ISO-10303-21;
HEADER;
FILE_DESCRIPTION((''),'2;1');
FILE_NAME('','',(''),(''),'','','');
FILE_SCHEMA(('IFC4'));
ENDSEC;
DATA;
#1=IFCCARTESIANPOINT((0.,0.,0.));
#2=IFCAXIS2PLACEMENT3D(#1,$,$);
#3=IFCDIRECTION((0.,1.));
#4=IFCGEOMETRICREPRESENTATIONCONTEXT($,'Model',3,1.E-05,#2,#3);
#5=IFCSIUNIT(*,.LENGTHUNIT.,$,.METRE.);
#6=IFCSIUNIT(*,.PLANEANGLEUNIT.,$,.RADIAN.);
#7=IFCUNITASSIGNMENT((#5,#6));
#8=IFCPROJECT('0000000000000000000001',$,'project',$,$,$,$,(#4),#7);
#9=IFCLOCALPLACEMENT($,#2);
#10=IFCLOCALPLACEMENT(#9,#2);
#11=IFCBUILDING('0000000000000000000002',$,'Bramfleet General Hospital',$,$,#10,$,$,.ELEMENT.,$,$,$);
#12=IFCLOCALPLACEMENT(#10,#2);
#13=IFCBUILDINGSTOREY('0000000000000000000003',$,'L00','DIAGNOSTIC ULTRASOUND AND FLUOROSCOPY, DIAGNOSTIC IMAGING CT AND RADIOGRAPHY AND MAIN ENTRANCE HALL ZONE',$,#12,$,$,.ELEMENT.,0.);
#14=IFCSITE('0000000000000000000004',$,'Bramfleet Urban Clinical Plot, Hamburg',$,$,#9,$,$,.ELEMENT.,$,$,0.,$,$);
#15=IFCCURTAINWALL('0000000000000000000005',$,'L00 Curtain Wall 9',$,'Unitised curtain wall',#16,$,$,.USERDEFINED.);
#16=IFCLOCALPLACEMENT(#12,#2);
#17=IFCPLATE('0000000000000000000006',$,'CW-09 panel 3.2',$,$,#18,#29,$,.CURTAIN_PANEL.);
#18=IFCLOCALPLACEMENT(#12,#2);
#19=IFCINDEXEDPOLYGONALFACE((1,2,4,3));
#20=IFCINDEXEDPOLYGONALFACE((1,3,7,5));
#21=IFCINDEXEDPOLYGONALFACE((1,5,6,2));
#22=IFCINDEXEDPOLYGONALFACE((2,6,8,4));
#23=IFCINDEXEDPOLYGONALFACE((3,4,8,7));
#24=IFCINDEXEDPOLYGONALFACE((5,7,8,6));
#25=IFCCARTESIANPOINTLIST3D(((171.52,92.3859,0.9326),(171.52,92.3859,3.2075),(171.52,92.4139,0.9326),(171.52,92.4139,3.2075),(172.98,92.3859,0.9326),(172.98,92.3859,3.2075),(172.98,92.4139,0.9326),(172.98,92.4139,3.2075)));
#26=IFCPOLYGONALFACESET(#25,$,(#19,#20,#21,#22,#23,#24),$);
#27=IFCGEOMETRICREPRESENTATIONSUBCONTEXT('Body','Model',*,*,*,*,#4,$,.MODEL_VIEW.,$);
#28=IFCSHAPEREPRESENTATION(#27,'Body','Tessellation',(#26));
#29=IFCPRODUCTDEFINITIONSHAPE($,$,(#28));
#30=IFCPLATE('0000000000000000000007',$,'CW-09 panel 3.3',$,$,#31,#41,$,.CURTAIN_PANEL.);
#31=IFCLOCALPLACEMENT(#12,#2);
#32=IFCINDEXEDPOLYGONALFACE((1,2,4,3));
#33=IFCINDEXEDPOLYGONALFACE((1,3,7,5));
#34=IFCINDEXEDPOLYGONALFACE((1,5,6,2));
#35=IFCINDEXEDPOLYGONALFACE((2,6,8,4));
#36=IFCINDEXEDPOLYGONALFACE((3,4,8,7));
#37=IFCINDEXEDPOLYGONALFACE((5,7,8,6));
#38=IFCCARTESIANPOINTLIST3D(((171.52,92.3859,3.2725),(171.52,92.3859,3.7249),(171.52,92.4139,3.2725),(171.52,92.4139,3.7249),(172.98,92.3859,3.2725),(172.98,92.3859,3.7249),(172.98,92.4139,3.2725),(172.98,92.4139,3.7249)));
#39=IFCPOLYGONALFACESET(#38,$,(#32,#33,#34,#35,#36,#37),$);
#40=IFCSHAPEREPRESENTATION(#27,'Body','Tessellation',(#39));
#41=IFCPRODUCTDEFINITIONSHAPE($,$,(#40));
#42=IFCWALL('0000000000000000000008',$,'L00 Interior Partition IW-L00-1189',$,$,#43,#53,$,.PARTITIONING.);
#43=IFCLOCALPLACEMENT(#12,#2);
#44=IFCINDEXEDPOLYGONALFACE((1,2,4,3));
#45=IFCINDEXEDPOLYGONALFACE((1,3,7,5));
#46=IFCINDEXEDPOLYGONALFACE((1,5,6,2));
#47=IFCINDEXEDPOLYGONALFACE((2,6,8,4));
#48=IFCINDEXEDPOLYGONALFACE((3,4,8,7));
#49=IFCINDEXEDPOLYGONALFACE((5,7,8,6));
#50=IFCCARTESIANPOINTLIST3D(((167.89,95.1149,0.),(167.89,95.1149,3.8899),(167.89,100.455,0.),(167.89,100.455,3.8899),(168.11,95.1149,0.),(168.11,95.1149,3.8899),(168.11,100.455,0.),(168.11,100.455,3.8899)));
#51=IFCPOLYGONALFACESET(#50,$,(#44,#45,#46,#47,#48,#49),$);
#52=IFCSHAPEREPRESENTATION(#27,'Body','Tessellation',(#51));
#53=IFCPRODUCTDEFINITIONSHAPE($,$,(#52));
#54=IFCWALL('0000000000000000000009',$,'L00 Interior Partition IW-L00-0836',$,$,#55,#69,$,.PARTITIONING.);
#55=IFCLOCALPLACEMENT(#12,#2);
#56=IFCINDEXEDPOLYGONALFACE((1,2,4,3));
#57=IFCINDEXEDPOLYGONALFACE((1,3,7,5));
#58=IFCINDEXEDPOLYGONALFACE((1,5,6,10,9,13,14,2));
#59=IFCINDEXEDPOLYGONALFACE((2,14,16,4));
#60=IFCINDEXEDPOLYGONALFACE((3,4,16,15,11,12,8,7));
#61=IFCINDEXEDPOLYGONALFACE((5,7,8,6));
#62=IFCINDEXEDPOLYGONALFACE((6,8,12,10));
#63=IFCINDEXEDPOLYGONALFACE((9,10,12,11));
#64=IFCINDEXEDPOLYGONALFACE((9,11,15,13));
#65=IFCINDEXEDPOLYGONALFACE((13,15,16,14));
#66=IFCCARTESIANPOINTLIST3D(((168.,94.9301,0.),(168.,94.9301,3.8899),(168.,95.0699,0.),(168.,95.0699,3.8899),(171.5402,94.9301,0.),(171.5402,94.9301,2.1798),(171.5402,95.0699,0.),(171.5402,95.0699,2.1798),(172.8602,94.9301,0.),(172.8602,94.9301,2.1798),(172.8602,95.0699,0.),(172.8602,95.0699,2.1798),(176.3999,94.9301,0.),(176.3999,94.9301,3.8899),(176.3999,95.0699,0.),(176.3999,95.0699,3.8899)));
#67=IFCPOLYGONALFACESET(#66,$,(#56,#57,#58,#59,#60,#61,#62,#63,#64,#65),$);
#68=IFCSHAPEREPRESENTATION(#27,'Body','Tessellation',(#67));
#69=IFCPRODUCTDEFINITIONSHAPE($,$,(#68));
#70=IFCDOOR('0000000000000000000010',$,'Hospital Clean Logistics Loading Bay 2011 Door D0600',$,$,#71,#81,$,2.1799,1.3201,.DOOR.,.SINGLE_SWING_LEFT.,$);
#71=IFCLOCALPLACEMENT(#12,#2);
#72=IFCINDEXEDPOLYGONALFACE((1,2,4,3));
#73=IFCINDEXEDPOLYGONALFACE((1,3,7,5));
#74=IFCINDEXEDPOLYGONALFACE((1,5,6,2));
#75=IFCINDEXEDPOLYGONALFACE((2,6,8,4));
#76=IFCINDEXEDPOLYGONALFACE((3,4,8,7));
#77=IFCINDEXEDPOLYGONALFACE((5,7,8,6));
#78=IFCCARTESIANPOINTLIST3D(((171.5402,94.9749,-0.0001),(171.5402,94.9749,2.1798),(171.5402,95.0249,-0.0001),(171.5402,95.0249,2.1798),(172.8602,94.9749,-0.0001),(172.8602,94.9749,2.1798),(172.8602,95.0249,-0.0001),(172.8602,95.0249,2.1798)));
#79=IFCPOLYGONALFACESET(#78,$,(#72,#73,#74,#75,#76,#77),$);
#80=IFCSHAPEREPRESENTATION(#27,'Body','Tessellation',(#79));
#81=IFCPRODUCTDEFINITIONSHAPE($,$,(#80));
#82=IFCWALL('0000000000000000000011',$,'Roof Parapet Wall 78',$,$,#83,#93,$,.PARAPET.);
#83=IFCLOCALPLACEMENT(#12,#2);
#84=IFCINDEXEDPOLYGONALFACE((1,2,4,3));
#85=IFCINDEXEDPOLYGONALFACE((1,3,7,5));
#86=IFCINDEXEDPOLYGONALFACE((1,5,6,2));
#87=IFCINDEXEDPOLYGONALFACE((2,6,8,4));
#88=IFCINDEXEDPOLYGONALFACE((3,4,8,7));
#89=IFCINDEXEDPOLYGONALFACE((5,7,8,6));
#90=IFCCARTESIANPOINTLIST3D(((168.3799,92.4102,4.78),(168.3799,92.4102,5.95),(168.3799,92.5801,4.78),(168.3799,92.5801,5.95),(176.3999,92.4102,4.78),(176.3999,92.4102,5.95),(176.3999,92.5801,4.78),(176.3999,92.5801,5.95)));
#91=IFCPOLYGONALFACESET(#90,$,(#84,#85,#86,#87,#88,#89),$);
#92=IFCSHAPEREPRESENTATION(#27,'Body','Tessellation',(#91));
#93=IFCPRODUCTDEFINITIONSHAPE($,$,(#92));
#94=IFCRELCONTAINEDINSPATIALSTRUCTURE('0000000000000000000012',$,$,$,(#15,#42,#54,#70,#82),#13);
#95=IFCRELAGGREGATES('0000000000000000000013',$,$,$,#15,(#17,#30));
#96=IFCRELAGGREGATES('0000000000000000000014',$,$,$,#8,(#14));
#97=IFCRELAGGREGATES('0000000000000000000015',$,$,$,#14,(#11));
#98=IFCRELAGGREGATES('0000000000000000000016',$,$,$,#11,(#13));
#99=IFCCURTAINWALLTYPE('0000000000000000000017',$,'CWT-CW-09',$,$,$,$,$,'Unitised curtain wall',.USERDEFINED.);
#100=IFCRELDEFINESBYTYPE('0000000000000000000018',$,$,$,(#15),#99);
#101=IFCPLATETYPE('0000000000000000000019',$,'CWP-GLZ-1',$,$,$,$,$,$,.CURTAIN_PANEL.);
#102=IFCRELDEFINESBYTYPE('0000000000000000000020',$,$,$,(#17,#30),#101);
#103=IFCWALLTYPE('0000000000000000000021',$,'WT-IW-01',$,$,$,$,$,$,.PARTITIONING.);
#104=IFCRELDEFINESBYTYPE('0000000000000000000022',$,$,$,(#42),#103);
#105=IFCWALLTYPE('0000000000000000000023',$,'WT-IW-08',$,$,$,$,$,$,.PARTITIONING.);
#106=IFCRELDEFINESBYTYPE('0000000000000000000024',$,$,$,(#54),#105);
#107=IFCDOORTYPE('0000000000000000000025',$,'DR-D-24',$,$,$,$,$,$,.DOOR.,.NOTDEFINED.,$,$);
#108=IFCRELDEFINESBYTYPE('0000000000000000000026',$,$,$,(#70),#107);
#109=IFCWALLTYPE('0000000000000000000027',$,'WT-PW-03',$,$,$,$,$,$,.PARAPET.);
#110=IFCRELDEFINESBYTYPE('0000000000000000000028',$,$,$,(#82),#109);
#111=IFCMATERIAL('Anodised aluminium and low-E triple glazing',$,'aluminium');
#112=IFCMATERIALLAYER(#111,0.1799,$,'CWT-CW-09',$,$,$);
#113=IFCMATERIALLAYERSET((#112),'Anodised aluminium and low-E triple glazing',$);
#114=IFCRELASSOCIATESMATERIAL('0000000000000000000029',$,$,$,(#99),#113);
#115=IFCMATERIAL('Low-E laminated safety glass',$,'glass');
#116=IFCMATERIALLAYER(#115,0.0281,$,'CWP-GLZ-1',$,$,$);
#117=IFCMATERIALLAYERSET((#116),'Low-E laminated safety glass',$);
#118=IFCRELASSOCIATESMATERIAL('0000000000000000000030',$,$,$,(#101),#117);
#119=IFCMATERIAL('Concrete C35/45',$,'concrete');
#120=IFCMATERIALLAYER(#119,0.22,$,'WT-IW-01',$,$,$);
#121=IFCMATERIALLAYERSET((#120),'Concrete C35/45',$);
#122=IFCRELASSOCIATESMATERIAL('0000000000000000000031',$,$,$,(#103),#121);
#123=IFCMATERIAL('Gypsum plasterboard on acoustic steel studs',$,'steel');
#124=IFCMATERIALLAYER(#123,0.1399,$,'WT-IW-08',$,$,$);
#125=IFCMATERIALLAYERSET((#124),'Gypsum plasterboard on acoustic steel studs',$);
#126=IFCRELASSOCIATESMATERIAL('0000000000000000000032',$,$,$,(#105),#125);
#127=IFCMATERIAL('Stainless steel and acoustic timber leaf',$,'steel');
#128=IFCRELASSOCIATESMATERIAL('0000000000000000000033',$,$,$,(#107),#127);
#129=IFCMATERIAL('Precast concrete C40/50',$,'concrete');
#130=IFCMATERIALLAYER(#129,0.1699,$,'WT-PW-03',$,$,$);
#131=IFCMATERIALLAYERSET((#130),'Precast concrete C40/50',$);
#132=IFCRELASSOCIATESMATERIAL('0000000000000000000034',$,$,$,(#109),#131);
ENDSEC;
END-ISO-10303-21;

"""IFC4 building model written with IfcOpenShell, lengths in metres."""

from ifc_helpers import new_model, si_unit, direction, frame, frame_2d, origin, origin_2d, place, context, subcontext, project, spatial, rectangle, extrude, material, layer, layer_set, type_object, element, fill, aggregate, save


model = new_model("IFC4")

# Units and contexts
model_context = context("Model", 3, precision=1e-05, world=origin(), true_north=direction((0.0, 1.0)))
body_context = subcontext(model_context, "Body", "Model", "MODEL_VIEW")
ifc_project = project(units=[si_unit("LENGTHUNIT", "METRE"), si_unit("PLANEANGLEUNIT", "RADIAN")], contexts=[model_context])

# Site, building, storey
site_placement = place(None, origin())
site = spatial("IfcSite", under=ifc_project, at=site_placement, Name="Bramfleet Urban Clinical Plot, Hamburg", CompositionType="ELEMENT", RefElevation=0.0)
building_placement = place(site_placement, origin())
building = spatial("IfcBuilding", under=site, at=building_placement, Name="Bramfleet General Hospital", CompositionType="ELEMENT")
storey_placement = place(building_placement, origin())
storey = spatial("IfcBuildingStorey", under=building, at=storey_placement, Name="L00", Description="DIAGNOSTIC ULTRASOUND AND FLUOROSCOPY, DIAGNOSTIC IMAGING CT AND RADIOGRAPHY AND MAIN ENTRANCE HALL ZONE", CompositionType="ELEMENT", Elevation=0.0)

# Shared definitions
ifc_material_1 = material(Name="Concrete C35/45", Category="concrete")

# Curtain wall, plates
ifc_material_2 = material(Name="Anodised aluminium and low-E triple glazing", Category="aluminium")
ifc_layer_1 = layer(ifc_material_2, 0.1799, Name="CWT-CW-09")
ifc_layer_set_1 = layer_set([ifc_layer_1], Name="Anodised aluminium and low-E triple glazing")
curtain_wall_type = type_object("IfcCurtainWallType", Name="CWT-CW-09", ElementType="Unitised curtain wall", PredefinedType="USERDEFINED", material=ifc_layer_set_1)
curtain_wall_placement = place(storey_placement, origin())
curtain_wall = element("IfcCurtainWall", 1, at=curtain_wall_placement, inside=storey, type_object=curtain_wall_type, Name="L00 Curtain Wall 9", ObjectType="Unitised curtain wall", PredefinedType="USERDEFINED")
ifc_material_3 = material(Name="Low-E laminated safety glass", Category="glass")
ifc_layer_2 = layer(ifc_material_3, 0.0281, Name="CWP-GLZ-1")
ifc_layer_set_2 = layer_set([ifc_layer_2], Name="Low-E laminated safety glass")
plate_type = type_object("IfcPlateType", Name="CWP-GLZ-1", PredefinedType="CURTAIN_PANEL", material=ifc_layer_set_2)
plate_1_placement = place(storey_placement, frame((172.25, 92.3999, 0.9326), z_axis=(0.0, 0.0, 1.0), x_axis=(-1.0, 0.0, 0.0)))
plate_1 = element("IfcPlate", 2, at=plate_1_placement, type_object=plate_type, Name="CW-09 panel 3.2", PredefinedType="CURTAIN_PANEL", context=body_context, shape_type="SweptSolid", body=[
    extrude(rectangle(XDim=1.46, YDim=0.0281, at=origin_2d()), origin(), (0.0, 0.0, 1.0), 2.2749),
])
plate_2_placement = place(storey_placement, frame((172.25, 92.3999, 3.2725), z_axis=(0.0, 0.0, 1.0), x_axis=(-1.0, 0.0, 0.0)))
plate_2 = element("IfcPlate", 3, at=plate_2_placement, type_object=plate_type, Name="CW-09 panel 3.3", PredefinedType="CURTAIN_PANEL", context=body_context, shape_type="SweptSolid", body=[
    extrude(rectangle(XDim=1.46, YDim=0.0281, at=origin_2d()), origin(), (0.0, 0.0, 1.0), 0.4524),
])
aggregate(curtain_wall, [plate_1, plate_2])

# Wall
ifc_layer_3 = layer(ifc_material_1, 0.22, Name="WT-IW-01")
ifc_layer_set_3 = layer_set([ifc_layer_3], Name="Concrete C35/45")
wall_type_1 = type_object("IfcWallType", Name="WT-IW-01", PredefinedType="PARTITIONING", material=ifc_layer_set_3)
wall_1_placement = place(storey_placement, frame((168.0, 95.115, 0.0), z_axis=(0.0, 0.0, 1.0), x_axis=(0.0, 1.0, 0.0)))
element("IfcWall", 4, at=wall_1_placement, inside=storey, type_object=wall_type_1, Name="L00 Interior Partition IW-L00-1189", PredefinedType="PARTITIONING", context=body_context, shape_type="SweptSolid", body=[
    extrude(rectangle(XDim=5.3401, YDim=0.22, at=frame_2d((2.6699, 0.0))), origin(), (0.0, 0.0, 1.0), 3.8899),
])

# Wall, opening, door
ifc_material_4 = material(Name="Gypsum plasterboard on acoustic steel studs", Category="steel")
ifc_layer_4 = layer(ifc_material_4, 0.1399, Name="WT-IW-08")
ifc_layer_set_4 = layer_set([ifc_layer_4], Name="Gypsum plasterboard on acoustic steel studs")
wall_type_2 = type_object("IfcWallType", Name="WT-IW-08", PredefinedType="PARTITIONING", material=ifc_layer_set_4)
wall_2_placement = place(storey_placement, frame((168.0, 95.0, 0.0), z_axis=(0.0, 0.0, 1.0), x_axis=(1.0, 0.0, 0.0)))
wall_2 = element("IfcWall", 5, at=wall_2_placement, inside=storey, type_object=wall_type_2, Name="L00 Interior Partition IW-L00-0836", PredefinedType="PARTITIONING", context=body_context, shape_type="SweptSolid", body=[
    extrude(rectangle(XDim=8.3999, YDim=0.1399, at=frame_2d((4.2, 0.0))), origin(), (0.0, 0.0, 1.0), 3.8899),
])
opening_placement = place(wall_2_placement, frame((3.54, 0.0, 0.0)))
opening = element("IfcOpeningElement", 6, at=opening_placement, cuts=wall_2, PredefinedType="OPENING", context=body_context, shape_type="SweptSolid", body=[
    extrude(rectangle(XDim=1.3201, YDim=2.1799, at=frame_2d((0.6602, 1.0898))), frame((0.0, 0.0798, 0.0), z_axis=(0.0, -1.0, 0.0), x_axis=(1.0, 0.0, 0.0)), (0.0, 0.0, 1.0), 0.1599),
])
ifc_material_5 = material(Name="Stainless steel and acoustic timber leaf", Category="steel")
door_type = type_object("IfcDoorType", Name="DR-D-24", OperationType="NOTDEFINED", PredefinedType="DOOR", material=ifc_material_5)
door_placement = place(opening_placement, origin())
door = element("IfcDoor", 7, at=door_placement, inside=storey, type_object=door_type, Name="Hospital Clean Logistics Loading Bay 2011 Door D0600", OperationType="SINGLE_SWING_LEFT", OverallHeight=2.1799, OverallWidth=1.3201, PredefinedType="DOOR", context=body_context, shape_type="SweptSolid", body=[
    extrude(rectangle(XDim=1.3201, YDim=2.1799, at=frame_2d((0.6602, 1.0898))), frame((0.0, 0.0249, 0.0), z_axis=(0.0, -1.0, 0.0), x_axis=(1.0, 0.0, 0.0)), (0.0, 0.0, 1.0), 0.05),
])
fill(opening, door)

# Wall
ifc_material_6 = material(Name="Precast concrete C40/50", Category="concrete")
ifc_layer_5 = layer(ifc_material_6, 0.1699, Name="WT-PW-03")
ifc_layer_set_5 = layer_set([ifc_layer_5], Name="Precast concrete C40/50")
wall_type_3 = type_object("IfcWallType", Name="WT-PW-03", PredefinedType="PARAPET", material=ifc_layer_set_5)
wall_3_placement = place(storey_placement, frame((176.3999, 92.4951, 4.78), z_axis=(0.0, 0.0, 1.0), x_axis=(-1.0, 0.0, 0.0)))
element("IfcWall", 8, at=wall_3_placement, inside=storey, type_object=wall_type_3, Name="Roof Parapet Wall 78", PredefinedType="PARAPET", context=body_context, shape_type="SweptSolid", body=[
    extrude(rectangle(XDim=8.02, YDim=0.1699, at=frame_2d((4.01, 0.0))), origin(), (0.0, 0.0, 1.0), 1.1699),
])

save(model, "model.ifc")
